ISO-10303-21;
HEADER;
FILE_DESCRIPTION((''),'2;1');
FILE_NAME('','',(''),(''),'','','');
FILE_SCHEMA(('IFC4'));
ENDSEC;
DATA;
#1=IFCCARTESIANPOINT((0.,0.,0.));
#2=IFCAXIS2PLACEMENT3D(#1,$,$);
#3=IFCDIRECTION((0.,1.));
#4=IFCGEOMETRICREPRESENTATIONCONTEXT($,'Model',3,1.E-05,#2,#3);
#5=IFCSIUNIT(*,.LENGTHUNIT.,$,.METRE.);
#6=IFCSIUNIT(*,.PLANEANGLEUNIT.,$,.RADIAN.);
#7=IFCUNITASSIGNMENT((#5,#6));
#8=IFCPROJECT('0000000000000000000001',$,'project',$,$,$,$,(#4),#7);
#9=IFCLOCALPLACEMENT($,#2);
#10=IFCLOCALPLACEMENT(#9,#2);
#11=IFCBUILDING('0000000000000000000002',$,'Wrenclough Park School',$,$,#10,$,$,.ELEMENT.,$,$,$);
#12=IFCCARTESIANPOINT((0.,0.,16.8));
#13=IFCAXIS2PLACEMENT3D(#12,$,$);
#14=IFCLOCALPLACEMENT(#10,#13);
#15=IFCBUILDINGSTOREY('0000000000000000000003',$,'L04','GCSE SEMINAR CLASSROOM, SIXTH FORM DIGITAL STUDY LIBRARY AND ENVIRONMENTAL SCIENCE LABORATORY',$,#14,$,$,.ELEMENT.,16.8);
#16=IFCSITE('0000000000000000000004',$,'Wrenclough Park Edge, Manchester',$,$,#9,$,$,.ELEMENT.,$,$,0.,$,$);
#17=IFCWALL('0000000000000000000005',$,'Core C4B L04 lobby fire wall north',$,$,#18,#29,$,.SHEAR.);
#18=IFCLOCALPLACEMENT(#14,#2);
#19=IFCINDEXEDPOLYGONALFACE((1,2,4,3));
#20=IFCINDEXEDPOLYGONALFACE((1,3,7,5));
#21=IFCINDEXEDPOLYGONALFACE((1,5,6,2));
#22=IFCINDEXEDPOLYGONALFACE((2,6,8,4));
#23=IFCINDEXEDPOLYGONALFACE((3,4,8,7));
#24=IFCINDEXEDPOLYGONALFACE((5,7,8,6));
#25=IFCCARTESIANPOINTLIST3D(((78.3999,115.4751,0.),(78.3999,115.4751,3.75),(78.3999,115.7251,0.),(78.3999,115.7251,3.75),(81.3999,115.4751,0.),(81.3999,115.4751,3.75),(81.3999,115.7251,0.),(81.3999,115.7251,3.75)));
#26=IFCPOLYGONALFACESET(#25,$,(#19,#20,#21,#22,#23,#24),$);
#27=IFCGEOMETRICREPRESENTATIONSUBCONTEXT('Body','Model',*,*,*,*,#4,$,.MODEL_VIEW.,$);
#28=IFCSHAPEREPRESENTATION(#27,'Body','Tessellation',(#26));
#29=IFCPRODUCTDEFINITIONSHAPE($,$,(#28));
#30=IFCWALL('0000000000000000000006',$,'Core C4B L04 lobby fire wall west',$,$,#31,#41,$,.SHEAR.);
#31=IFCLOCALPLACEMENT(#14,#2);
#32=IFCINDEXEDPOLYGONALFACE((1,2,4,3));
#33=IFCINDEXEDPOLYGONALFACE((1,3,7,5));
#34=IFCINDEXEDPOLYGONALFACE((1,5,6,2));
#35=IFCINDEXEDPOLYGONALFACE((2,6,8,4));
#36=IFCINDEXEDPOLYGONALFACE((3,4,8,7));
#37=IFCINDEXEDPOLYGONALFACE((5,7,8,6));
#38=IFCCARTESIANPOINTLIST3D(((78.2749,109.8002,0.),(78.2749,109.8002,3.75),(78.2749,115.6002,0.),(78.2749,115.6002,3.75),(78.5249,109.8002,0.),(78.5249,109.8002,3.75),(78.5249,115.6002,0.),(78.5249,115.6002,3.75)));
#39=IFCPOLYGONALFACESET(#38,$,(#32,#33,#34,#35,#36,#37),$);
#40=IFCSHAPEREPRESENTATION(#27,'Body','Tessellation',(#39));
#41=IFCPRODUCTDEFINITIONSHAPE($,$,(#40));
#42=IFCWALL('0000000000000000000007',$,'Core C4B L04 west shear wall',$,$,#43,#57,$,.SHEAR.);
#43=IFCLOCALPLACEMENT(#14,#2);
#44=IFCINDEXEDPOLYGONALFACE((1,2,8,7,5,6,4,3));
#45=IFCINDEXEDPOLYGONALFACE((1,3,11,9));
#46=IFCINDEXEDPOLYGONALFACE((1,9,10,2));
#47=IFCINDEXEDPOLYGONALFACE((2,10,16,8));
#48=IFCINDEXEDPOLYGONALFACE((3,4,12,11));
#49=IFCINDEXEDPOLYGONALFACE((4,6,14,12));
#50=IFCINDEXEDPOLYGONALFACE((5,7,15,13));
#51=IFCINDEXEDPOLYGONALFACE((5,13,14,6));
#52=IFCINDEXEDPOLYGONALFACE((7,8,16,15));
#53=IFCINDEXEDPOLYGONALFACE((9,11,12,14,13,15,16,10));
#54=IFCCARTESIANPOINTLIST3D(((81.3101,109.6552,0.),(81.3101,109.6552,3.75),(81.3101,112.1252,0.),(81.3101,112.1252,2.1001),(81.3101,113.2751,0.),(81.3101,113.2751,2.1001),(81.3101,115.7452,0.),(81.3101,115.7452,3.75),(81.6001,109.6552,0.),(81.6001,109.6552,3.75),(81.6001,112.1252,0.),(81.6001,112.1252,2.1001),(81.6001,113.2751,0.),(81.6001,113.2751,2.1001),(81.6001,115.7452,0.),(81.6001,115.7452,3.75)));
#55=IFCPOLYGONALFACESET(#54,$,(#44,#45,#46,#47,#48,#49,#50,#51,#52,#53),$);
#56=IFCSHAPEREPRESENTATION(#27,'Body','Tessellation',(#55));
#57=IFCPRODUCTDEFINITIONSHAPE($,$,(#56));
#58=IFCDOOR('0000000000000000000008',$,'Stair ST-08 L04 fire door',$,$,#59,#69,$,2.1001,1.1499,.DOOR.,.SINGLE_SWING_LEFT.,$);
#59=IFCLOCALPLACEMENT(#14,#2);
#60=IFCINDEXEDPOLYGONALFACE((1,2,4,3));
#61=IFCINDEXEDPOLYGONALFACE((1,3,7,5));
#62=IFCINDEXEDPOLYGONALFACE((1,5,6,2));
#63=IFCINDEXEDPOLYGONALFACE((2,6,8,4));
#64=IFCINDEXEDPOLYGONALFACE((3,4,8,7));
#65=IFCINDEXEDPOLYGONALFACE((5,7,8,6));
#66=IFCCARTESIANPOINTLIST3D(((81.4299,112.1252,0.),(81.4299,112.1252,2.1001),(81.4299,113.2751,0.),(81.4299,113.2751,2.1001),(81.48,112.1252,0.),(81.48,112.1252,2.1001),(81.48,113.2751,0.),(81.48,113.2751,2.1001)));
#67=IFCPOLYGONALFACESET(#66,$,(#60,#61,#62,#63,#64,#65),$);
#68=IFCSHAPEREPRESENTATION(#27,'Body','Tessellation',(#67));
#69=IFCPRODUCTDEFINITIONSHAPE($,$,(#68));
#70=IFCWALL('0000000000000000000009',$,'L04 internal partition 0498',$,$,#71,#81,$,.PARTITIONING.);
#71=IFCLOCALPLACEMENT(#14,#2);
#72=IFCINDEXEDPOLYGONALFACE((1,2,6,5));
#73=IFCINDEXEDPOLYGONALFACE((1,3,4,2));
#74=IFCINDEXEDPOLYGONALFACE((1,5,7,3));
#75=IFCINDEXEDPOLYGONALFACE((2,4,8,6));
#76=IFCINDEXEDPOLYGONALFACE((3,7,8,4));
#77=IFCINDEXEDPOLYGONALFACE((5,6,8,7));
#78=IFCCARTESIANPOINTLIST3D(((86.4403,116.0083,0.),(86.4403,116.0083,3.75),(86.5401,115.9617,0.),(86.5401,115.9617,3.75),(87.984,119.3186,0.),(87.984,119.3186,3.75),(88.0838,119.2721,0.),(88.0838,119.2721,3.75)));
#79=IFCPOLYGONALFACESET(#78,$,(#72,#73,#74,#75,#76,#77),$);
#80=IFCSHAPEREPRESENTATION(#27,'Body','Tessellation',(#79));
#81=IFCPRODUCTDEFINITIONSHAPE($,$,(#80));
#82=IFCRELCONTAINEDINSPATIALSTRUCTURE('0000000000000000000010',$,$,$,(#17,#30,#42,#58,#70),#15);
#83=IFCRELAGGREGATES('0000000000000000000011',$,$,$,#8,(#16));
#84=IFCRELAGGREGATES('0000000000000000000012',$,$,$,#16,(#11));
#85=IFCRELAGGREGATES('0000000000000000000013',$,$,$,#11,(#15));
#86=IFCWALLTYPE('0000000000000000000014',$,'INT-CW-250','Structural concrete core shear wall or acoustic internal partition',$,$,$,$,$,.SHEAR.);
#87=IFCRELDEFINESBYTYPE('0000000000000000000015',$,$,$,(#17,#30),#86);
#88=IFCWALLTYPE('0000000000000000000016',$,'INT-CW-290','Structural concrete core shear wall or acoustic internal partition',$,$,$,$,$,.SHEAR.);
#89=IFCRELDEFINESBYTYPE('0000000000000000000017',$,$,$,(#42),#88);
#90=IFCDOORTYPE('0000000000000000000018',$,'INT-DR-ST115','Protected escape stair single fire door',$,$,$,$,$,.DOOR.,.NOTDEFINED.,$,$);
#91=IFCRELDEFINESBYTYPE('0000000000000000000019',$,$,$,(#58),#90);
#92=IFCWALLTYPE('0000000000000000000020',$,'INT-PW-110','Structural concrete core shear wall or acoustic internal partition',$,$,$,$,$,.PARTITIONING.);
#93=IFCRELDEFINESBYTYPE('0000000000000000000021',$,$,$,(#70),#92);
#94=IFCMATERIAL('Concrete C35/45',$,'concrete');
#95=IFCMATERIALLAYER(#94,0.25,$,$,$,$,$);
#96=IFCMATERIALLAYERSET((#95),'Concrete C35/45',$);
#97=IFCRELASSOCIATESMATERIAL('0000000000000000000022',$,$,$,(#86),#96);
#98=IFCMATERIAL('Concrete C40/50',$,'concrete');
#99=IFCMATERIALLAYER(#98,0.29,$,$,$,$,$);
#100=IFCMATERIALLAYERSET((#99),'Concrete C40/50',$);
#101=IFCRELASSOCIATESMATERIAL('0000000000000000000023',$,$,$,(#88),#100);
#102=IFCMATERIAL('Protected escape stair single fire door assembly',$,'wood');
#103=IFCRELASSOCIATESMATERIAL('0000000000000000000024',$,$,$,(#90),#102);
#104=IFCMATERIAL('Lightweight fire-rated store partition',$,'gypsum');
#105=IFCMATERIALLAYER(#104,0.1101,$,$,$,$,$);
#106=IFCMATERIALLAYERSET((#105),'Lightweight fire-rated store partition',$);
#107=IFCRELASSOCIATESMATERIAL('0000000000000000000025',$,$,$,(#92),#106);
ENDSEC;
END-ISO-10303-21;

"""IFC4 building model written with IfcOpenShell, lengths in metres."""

from ifc_helpers import new_model, si_unit, direction, frame, frame_2d, origin, place, context, subcontext, project, spatial, rectangle, extrude, material, layer, layer_set, type_object, element, fill, save


model = new_model("IFC4")

# Units and contexts
model_context = context("Model", 3, precision=1e-05, world=origin(), true_north=direction((0.0, 1.0)))
body_context = subcontext(model_context, "Body", "Model", "MODEL_VIEW")
ifc_project = project(units=[si_unit("LENGTHUNIT", "METRE"), si_unit("PLANEANGLEUNIT", "RADIAN")], contexts=[model_context])

# Site, building, storey
site_placement = place(None, origin())
site = spatial("IfcSite", under=ifc_project, at=site_placement, Name="Wrenclough Park Edge, Manchester", CompositionType="ELEMENT", RefElevation=0.0)
building_placement = place(site_placement, origin())
building = spatial("IfcBuilding", under=site, at=building_placement, Name="Wrenclough Park School", CompositionType="ELEMENT")
storey_placement = place(building_placement, frame((0.0, 0.0, 16.8)))
storey = spatial("IfcBuildingStorey", under=building, at=storey_placement, Name="L04", Description="GCSE SEMINAR CLASSROOM, SIXTH FORM DIGITAL STUDY LIBRARY AND ENVIRONMENTAL SCIENCE LABORATORY", CompositionType="ELEMENT", Elevation=16.8)

# Walls
ifc_material_1 = material(Name="Concrete C35/45", Category="concrete")
ifc_layer_1 = layer(ifc_material_1, 0.25)
ifc_layer_set_1 = layer_set([ifc_layer_1], Name="Concrete C35/45")
wall_type_1 = type_object("IfcWallType", Name="INT-CW-250", Description="Structural concrete core shear wall or acoustic internal partition", PredefinedType="SHEAR", material=ifc_layer_set_1)
wall_1_placement = place(storey_placement, frame((81.3999, 115.6001, 0.0), z_axis=(0.0, 0.0, 1.0), x_axis=(-1.0, 0.0, 0.0)))
element("IfcWall", 1, at=wall_1_placement, inside=storey, type_object=wall_type_1, Name="Core C4B L04 lobby fire wall north", PredefinedType="SHEAR", context=body_context, shape_type="SweptSolid", body=[
    extrude(rectangle(XDim=3.0, YDim=0.25, at=frame_2d((1.5, 0.0))), origin(), (0.0, 0.0, 1.0), 3.75),
])
wall_2_placement = place(storey_placement, frame((78.3999, 115.6001, 0.0), z_axis=(0.0, 0.0, 1.0), x_axis=(0.0, -1.0, 0.0)))
element("IfcWall", 2, at=wall_2_placement, inside=storey, type_object=wall_type_1, Name="Core C4B L04 lobby fire wall west", PredefinedType="SHEAR", context=body_context, shape_type="SweptSolid", body=[
    extrude(rectangle(XDim=5.8, YDim=0.25, at=frame_2d((2.8999, 0.0))), origin(), (0.0, 0.0, 1.0), 3.75),
])

# Wall, opening, door
ifc_material_2 = material(Name="Concrete C40/50", Category="concrete")
ifc_layer_2 = layer(ifc_material_2, 0.29)
ifc_layer_set_2 = layer_set([ifc_layer_2], Name="Concrete C40/50")
wall_type_2 = type_object("IfcWallType", Name="INT-CW-290", Description="Structural concrete core shear wall or acoustic internal partition", PredefinedType="SHEAR", material=ifc_layer_set_2)
wall_3_placement = place(storey_placement, frame((81.4551, 115.7451, 0.0), z_axis=(0.0, 0.0, 1.0), x_axis=(0.0, -1.0, 0.0)))
wall_3 = element("IfcWall", 3, at=wall_3_placement, inside=storey, type_object=wall_type_2, Name="Core C4B L04 west shear wall", PredefinedType="SHEAR", context=body_context, shape_type="SweptSolid", body=[
    extrude(rectangle(XDim=6.0901, YDim=0.29, at=frame_2d((3.0449, 0.0))), origin(), (0.0, 0.0, 1.0), 3.75),
])
opening_1_placement = place(wall_3_placement, frame((2.47, 0.0, 0.0)))
opening_1 = element("IfcOpeningElement", 4, at=opening_1_placement, cuts=wall_3, PredefinedType="OPENING", context=body_context, shape_type="SweptSolid", body=[
    extrude(rectangle(XDim=1.1499, YDim=2.1001, at=frame_2d((0.575, 1.05))), frame((0.0, 0.155, 0.0), z_axis=(0.0, -1.0, 0.0), x_axis=(1.0, 0.0, 0.0)), (0.0, 0.0, 1.0), 0.3101),
])
ifc_material_3 = material(Name="Protected escape stair single fire door assembly", Category="wood")
door_type = type_object("IfcDoorType", Name="INT-DR-ST115", Description="Protected escape stair single fire door", OperationType="NOTDEFINED", PredefinedType="DOOR", material=ifc_material_3)
door_placement = place(opening_1_placement, origin())
door = element("IfcDoor", 5, at=door_placement, inside=storey, type_object=door_type, Name="Stair ST-08 L04 fire door", OperationType="SINGLE_SWING_LEFT", OverallHeight=2.1001, OverallWidth=1.1499, PredefinedType="DOOR", context=body_context, shape_type="SweptSolid", body=[
    extrude(rectangle(XDim=1.1499, YDim=2.1001, at=frame_2d((0.575, 1.05))), frame((0.0, 0.0249, 0.0), z_axis=(0.0, -1.0, 0.0), x_axis=(1.0, 0.0, 0.0)), (0.0, 0.0, 1.0), 0.05),
])
fill(opening_1, door)

# Wall
ifc_material_4 = material(Name="Lightweight fire-rated store partition", Category="gypsum")
ifc_layer_3 = layer(ifc_material_4, 0.1101)
ifc_layer_set_3 = layer_set([ifc_layer_3], Name="Lightweight fire-rated store partition")
wall_type_3 = type_object("IfcWallType", Name="INT-PW-110", Description="Structural concrete core shear wall or acoustic internal partition", PredefinedType="PARTITIONING", material=ifc_layer_set_3)
wall_4_placement = place(storey_placement, frame((86.4902, 115.9851, 0.0), z_axis=(0.0, 0.0, 1.0), x_axis=(0.422637, 0.906299, 0.0)))
element("IfcWall", 6, at=wall_4_placement, inside=storey, type_object=wall_type_3, Name="L04 internal partition 0498", PredefinedType="PARTITIONING", context=body_context, shape_type="SweptSolid", body=[
    extrude(rectangle(XDim=3.6526, YDim=0.1101, at=frame_2d((1.8262, 0.0))), origin(), (0.0, 0.0, 1.0), 3.75),
])

save(model, "model.ifc")
